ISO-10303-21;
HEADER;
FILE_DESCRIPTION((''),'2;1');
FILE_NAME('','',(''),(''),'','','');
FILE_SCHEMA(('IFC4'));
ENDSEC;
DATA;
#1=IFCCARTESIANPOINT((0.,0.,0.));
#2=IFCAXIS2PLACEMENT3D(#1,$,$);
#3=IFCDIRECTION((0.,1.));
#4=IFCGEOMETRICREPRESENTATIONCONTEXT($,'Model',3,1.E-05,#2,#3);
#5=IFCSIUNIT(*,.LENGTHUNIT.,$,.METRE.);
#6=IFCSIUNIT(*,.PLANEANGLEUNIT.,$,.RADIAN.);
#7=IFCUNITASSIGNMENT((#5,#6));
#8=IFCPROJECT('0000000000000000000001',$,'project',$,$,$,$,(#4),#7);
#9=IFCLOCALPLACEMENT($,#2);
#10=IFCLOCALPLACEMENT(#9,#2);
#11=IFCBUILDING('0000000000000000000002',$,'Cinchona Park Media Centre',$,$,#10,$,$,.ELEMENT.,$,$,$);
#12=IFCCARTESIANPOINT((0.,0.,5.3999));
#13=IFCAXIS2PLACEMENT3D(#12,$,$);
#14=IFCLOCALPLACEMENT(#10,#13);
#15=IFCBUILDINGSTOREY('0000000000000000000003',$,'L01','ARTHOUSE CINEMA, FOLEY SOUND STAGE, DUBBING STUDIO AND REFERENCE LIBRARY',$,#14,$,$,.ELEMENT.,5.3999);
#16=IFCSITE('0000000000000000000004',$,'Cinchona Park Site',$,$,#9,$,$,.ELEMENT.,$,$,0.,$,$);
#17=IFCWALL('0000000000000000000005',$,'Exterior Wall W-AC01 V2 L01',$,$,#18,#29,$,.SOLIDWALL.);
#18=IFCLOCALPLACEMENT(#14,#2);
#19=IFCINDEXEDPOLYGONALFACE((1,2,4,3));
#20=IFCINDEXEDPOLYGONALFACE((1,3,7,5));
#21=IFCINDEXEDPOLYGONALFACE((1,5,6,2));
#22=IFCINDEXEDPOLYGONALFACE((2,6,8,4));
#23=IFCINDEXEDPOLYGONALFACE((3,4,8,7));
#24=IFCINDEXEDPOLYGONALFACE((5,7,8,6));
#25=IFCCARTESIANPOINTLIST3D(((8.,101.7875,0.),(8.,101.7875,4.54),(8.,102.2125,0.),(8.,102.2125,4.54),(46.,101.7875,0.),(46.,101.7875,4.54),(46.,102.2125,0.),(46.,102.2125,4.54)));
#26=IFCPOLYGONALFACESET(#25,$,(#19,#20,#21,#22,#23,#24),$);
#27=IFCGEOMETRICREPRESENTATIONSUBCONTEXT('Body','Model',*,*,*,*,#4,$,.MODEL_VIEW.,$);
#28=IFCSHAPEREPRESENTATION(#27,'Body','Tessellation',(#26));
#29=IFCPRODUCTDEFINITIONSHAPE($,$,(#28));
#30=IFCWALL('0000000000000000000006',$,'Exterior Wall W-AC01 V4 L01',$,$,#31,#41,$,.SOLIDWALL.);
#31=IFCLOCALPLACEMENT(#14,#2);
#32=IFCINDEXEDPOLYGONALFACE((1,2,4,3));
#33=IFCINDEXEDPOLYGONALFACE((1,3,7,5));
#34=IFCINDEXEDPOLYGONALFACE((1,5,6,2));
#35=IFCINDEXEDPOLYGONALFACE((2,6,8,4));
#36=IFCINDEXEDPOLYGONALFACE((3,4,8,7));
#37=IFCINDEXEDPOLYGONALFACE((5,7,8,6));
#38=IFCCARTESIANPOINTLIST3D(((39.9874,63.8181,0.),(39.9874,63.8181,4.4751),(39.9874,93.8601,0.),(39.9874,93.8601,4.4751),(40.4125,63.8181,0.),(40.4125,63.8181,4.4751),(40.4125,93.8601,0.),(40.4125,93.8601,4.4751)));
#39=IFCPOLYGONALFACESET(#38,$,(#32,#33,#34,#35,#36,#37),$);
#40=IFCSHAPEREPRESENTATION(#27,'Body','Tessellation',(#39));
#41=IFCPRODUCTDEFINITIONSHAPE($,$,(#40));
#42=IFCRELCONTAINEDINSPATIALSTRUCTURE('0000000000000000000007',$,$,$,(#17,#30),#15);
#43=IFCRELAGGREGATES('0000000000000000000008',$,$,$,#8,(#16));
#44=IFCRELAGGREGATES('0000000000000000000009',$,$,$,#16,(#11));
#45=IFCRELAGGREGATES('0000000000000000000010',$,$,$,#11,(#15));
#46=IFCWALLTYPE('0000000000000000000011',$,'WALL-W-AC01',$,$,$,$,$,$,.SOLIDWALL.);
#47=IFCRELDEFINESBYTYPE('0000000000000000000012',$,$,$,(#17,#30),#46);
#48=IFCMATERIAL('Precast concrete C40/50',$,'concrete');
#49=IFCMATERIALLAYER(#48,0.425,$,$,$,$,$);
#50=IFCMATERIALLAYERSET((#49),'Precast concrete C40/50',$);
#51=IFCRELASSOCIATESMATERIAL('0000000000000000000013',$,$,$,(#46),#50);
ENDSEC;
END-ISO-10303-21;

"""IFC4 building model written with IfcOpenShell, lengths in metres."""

from ifc_helpers import new_model, si_unit, direction, frame, frame_2d, origin, place, context, subcontext, project, spatial, rectangle, extrude, material, layer, layer_set, type_object, element, save


model = new_model("IFC4")

# Units and contexts
model_context = context("Model", 3, precision=1e-05, world=origin(), true_north=direction((0.0, 1.0)))
body_context = subcontext(model_context, "Body", "Model", "MODEL_VIEW")
ifc_project = project(units=[si_unit("LENGTHUNIT", "METRE"), si_unit("PLANEANGLEUNIT", "RADIAN")], contexts=[model_context])

# Site, building, storey
site_placement = place(None, origin())
site = spatial("IfcSite", under=ifc_project, at=site_placement, Name="Cinchona Park Site", CompositionType="ELEMENT", RefElevation=0.0)
building_placement = place(site_placement, origin())
building = spatial("IfcBuilding", under=site, at=building_placement, Name="Cinchona Park Media Centre", CompositionType="ELEMENT")
storey_placement = place(building_placement, frame((0.0, 0.0, 5.3999)))
storey = spatial("IfcBuildingStorey", under=building, at=storey_placement, Name="L01", Description="ARTHOUSE CINEMA, FOLEY SOUND STAGE, DUBBING STUDIO AND REFERENCE LIBRARY", CompositionType="ELEMENT", Elevation=5.3999)

# Walls
ifc_material_1 = material(Name="Precast concrete C40/50", Category="concrete")
ifc_layer_1 = layer(ifc_material_1, 0.425)
ifc_layer_set_1 = layer_set([ifc_layer_1], Name="Precast concrete C40/50")
wall_type = type_object("IfcWallType", Name="WALL-W-AC01", PredefinedType="SOLIDWALL", material=ifc_layer_set_1)
wall_1_placement = place(storey_placement, frame((46.0, 102.0, 0.0), z_axis=(0.0, 0.0, 1.0), x_axis=(-1.0, 0.0, 0.0)))
element("IfcWall", 1, at=wall_1_placement, inside=storey, type_object=wall_type, Name="Exterior Wall W-AC01 V2 L01", PredefinedType="SOLIDWALL", context=body_context, shape_type="SweptSolid", body=[
    extrude(rectangle(XDim=38.0, YDim=0.425, at=frame_2d((19.0, 0.0))), origin(), (0.0, 0.0, 1.0), 4.54),
])
wall_2_placement = place(storey_placement, frame((40.2, 93.8601, 0.0), z_axis=(0.0, 0.0, 1.0), x_axis=(0.0, -1.0, 0.0)))
element("IfcWall", 2, at=wall_2_placement, inside=storey, type_object=wall_type, Name="Exterior Wall W-AC01 V4 L01", PredefinedType="SOLIDWALL", context=body_context, shape_type="SweptSolid", body=[
    extrude(rectangle(XDim=30.042, YDim=0.425, at=frame_2d((15.021, 0.0))), origin(), (0.0, 0.0, 1.0), 4.4751),
])

save(model, "model.ifc")
